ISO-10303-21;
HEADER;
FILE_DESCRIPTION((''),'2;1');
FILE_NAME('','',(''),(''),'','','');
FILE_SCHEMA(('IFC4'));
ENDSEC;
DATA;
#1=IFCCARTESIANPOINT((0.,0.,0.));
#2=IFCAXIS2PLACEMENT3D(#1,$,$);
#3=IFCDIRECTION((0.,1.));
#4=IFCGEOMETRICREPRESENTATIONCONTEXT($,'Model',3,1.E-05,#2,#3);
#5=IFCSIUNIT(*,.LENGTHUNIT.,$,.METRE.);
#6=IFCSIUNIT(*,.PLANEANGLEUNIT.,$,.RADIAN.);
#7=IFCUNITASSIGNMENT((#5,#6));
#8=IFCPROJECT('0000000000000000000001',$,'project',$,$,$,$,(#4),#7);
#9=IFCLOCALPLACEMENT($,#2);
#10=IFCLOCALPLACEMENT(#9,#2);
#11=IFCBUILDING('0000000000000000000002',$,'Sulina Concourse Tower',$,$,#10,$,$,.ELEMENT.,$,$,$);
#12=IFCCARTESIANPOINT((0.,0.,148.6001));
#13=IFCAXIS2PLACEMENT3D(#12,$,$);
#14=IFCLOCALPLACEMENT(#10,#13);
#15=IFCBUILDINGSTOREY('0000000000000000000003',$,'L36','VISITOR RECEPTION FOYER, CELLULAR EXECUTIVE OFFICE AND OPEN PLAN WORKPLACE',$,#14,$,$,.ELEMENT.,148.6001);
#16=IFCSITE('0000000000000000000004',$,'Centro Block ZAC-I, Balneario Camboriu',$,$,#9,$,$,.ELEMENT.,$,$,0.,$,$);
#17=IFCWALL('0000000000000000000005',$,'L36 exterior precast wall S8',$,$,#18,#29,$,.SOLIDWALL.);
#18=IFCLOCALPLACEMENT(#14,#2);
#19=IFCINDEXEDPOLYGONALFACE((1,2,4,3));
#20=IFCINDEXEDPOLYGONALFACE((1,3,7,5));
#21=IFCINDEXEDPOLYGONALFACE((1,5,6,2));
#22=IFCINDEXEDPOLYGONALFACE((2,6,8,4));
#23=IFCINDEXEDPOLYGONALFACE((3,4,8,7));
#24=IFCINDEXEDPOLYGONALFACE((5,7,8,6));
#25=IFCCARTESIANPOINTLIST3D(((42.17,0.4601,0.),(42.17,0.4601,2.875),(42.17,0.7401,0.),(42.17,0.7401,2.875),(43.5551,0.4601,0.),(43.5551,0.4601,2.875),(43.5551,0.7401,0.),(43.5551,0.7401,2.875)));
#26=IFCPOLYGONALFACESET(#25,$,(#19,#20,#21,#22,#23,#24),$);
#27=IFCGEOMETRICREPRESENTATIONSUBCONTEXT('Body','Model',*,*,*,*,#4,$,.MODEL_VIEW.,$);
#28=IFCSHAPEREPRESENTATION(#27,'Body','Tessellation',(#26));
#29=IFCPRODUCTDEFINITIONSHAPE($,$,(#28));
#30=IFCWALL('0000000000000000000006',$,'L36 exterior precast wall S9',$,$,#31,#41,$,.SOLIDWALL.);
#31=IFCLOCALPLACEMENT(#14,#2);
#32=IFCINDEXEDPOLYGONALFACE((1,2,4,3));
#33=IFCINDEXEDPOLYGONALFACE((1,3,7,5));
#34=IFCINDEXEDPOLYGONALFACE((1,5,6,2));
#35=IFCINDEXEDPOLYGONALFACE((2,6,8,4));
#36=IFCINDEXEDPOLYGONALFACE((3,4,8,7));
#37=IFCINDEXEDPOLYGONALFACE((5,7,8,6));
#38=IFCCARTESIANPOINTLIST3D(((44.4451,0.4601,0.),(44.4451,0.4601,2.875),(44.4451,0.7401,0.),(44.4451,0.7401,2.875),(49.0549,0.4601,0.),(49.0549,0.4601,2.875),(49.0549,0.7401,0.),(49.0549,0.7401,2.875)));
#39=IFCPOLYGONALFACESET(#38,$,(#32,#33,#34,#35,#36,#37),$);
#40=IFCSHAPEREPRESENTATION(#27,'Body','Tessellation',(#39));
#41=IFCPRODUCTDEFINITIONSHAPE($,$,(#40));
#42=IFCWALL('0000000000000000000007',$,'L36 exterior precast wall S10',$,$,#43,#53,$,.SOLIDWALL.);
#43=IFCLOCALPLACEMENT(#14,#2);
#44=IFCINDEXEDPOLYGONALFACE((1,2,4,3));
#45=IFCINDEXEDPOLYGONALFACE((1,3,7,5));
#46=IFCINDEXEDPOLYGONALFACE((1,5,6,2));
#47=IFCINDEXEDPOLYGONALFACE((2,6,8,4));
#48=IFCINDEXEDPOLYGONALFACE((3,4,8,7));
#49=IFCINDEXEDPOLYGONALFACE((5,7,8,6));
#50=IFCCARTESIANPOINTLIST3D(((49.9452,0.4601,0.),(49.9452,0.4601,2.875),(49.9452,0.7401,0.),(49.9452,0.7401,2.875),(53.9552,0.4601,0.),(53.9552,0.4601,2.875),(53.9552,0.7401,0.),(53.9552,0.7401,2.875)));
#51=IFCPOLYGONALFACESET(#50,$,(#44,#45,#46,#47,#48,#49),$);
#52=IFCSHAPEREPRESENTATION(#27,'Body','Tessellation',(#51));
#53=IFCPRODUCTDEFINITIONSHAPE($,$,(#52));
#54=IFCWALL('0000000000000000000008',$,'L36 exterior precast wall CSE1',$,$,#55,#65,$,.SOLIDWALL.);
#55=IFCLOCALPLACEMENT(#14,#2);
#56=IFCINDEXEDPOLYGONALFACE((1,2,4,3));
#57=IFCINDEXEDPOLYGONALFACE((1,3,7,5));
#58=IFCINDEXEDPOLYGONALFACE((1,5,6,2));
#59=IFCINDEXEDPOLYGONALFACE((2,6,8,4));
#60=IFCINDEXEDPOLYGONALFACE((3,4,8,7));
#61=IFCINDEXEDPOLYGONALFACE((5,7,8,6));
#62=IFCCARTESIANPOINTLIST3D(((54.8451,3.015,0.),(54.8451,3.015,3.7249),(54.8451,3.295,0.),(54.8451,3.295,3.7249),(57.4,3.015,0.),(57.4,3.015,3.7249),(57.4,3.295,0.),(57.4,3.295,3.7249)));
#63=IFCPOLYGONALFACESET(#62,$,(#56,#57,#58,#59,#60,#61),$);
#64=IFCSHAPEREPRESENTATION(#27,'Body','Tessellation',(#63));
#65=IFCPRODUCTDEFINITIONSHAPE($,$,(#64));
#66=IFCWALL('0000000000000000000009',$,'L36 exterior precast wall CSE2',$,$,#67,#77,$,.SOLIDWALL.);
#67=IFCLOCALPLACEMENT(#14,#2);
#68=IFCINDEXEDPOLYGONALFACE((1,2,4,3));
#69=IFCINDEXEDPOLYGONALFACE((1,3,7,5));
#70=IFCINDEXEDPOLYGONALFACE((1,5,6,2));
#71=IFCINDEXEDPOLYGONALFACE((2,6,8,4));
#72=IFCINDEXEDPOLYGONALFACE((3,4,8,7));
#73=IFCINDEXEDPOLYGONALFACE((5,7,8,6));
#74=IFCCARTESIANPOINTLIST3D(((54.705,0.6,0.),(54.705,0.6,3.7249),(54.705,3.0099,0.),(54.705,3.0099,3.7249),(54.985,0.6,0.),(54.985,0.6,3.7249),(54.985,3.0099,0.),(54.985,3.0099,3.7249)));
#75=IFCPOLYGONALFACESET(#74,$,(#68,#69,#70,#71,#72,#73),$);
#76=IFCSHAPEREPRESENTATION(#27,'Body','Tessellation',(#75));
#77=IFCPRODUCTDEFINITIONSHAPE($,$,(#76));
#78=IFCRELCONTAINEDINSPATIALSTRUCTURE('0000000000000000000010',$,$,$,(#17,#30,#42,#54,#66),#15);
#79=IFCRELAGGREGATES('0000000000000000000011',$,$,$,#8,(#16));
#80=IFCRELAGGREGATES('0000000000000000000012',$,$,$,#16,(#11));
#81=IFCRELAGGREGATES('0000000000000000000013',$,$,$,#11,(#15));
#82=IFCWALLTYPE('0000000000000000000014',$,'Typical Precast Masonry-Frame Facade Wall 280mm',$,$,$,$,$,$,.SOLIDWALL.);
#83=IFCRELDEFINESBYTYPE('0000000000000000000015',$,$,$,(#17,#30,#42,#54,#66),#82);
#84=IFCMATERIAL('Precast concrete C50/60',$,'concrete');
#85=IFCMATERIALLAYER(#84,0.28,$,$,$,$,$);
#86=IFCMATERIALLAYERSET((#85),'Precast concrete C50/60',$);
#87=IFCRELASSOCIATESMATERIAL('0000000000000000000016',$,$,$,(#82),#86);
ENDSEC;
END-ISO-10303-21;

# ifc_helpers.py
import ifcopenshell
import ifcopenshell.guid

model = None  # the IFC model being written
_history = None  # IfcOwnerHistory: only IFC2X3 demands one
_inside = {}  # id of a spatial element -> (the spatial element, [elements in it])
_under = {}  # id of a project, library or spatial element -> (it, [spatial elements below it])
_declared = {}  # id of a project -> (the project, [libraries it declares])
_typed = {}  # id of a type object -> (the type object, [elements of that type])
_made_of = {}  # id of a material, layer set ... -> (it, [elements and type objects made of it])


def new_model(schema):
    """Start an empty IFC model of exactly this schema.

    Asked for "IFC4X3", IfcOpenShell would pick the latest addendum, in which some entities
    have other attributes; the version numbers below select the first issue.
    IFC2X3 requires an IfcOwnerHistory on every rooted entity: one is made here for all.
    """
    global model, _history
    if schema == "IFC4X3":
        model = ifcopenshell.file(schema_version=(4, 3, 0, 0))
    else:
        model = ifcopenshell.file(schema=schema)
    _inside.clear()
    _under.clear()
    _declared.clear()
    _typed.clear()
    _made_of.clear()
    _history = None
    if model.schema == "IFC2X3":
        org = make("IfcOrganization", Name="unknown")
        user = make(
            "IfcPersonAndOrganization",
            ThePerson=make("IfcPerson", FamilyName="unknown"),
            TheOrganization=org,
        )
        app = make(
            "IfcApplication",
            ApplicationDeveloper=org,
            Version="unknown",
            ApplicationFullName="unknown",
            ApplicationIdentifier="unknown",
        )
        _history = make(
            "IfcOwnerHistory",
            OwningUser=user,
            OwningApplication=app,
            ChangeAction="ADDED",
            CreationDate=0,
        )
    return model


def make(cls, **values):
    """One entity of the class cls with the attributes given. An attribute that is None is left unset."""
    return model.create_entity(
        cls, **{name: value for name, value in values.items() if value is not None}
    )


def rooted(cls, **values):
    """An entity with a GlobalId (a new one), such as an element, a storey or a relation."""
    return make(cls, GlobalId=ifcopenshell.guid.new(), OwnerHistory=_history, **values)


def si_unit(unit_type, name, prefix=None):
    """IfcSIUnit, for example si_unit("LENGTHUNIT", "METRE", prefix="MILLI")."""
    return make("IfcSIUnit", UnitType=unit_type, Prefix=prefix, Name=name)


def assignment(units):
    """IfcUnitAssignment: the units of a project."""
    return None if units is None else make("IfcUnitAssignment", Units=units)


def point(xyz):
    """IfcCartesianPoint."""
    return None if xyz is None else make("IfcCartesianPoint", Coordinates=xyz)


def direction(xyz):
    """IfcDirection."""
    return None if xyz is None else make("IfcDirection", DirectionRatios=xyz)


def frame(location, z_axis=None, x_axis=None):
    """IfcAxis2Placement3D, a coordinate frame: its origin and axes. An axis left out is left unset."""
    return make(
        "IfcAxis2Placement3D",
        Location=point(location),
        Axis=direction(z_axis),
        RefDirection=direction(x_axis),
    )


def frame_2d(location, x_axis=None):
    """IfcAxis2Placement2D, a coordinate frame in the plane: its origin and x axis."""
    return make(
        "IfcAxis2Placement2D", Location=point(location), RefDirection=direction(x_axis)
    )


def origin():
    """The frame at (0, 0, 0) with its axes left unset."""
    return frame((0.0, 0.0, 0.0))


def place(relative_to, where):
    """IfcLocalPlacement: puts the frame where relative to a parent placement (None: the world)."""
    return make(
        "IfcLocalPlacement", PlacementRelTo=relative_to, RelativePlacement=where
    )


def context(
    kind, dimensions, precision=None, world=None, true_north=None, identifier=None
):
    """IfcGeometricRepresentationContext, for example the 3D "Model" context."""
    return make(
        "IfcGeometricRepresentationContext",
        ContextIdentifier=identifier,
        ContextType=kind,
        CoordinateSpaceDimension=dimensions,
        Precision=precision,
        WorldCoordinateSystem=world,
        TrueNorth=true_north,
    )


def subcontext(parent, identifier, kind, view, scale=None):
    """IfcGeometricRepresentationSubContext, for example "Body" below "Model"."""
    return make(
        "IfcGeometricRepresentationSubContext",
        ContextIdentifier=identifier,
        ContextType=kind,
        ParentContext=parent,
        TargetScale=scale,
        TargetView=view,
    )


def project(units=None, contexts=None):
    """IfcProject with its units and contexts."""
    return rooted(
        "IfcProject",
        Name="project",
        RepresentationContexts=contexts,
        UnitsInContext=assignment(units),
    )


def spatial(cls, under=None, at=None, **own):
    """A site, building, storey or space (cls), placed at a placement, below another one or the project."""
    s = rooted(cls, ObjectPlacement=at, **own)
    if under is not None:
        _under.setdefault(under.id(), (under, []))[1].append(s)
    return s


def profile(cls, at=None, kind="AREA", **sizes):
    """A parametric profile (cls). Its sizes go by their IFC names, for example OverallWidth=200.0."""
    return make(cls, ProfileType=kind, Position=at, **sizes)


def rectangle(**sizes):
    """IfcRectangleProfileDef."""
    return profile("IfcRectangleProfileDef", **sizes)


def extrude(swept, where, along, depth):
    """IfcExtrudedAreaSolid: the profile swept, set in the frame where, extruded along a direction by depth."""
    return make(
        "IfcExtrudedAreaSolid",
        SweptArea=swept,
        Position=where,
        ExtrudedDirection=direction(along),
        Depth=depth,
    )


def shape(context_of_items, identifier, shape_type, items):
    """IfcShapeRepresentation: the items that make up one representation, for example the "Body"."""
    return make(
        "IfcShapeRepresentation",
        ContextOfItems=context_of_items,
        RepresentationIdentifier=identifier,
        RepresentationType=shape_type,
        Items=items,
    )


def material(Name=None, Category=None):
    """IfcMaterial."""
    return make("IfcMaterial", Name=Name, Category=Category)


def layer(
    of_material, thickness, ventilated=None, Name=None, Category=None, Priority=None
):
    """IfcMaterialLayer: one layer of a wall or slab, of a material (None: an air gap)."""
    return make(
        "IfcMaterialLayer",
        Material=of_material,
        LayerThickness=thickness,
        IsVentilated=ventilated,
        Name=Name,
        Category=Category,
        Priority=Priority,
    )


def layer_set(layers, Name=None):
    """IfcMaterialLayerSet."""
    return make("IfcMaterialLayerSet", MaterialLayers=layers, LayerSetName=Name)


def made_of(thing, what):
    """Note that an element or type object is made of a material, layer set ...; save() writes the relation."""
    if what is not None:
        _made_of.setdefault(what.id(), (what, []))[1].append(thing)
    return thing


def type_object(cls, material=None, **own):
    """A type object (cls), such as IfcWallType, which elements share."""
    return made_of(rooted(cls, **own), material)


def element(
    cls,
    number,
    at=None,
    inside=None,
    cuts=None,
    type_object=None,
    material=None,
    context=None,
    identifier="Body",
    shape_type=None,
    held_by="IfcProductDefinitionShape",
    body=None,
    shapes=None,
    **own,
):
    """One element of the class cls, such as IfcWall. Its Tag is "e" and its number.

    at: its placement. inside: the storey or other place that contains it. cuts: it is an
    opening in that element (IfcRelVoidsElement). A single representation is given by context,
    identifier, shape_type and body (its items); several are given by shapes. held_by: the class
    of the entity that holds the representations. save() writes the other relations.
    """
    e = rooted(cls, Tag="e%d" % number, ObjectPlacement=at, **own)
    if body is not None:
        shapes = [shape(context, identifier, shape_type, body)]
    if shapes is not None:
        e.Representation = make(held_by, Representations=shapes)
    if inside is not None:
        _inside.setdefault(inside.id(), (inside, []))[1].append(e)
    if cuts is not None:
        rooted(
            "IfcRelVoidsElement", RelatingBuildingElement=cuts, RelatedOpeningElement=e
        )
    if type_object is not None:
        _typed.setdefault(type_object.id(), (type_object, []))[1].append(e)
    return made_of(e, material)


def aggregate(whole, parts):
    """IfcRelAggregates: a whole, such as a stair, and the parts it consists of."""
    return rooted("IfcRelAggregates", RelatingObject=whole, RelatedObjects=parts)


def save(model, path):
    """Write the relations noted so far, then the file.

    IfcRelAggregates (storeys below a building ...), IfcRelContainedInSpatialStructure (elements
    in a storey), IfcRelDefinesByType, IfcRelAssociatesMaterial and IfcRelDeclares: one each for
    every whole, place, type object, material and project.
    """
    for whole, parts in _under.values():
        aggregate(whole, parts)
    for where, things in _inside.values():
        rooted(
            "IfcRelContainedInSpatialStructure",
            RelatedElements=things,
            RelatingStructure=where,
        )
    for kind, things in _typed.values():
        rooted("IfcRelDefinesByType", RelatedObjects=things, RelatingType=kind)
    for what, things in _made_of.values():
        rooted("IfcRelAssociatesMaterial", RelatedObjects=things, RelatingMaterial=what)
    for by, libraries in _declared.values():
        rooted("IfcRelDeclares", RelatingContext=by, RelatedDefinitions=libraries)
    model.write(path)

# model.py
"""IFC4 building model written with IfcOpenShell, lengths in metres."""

from ifc_helpers import new_model, si_unit, direction, frame, frame_2d, origin, place, context, subcontext, project, spatial, rectangle, extrude, material, layer, layer_set, type_object, element, save


model = new_model("IFC4")

# Units and contexts
model_context = context("Model", 3, precision=1e-05, world=origin(), true_north=direction((0.0, 1.0)))
body_context = subcontext(model_context, "Body", "Model", "MODEL_VIEW")
ifc_project = project(units=[si_unit("LENGTHUNIT", "METRE"), si_unit("PLANEANGLEUNIT", "RADIAN")], contexts=[model_context])

# Site, building, storey
site_placement = place(None, origin())
site = spatial("IfcSite", under=ifc_project, at=site_placement, Name="Centro Block ZAC-I, Balneario Camboriu", CompositionType="ELEMENT", RefElevation=0.0)
building_placement = place(site_placement, origin())
building = spatial("IfcBuilding", under=site, at=building_placement, Name="Sulina Concourse Tower", CompositionType="ELEMENT")
storey_placement = place(building_placement, frame((0.0, 0.0, 148.6001)))
storey = spatial("IfcBuildingStorey", under=building, at=storey_placement, Name="L36", Description="VISITOR RECEPTION FOYER, CELLULAR EXECUTIVE OFFICE AND OPEN PLAN WORKPLACE", CompositionType="ELEMENT", Elevation=148.6001)

# Walls
ifc_material_1 = material(Name="Precast concrete C50/60", Category="concrete")
ifc_layer_1 = layer(ifc_material_1, 0.28)
ifc_layer_set_1 = layer_set([ifc_layer_1], Name="Precast concrete C50/60")
wall_type_1 = type_object("IfcWallType", Name="Typical Precast Masonry-Frame Facade Wall 280mm", PredefinedType="SOLIDWALL", material=ifc_layer_set_1)
wall_1_placement = place(storey_placement, frame((43.5549, 0.6001, 0.0), z_axis=(0.0, 0.0, 1.0), x_axis=(-1.0, 0.0, 0.0)))
element("IfcWall", 1, at=wall_1_placement, inside=storey, type_object=wall_type_1, Name="L36 exterior precast wall S8", PredefinedType="SOLIDWALL", context=body_context, shape_type="SweptSolid", body=[
    extrude(rectangle(XDim=1.385, YDim=0.28, at=frame_2d((0.6924, 0.0))), origin(), (0.0, 0.0, 1.0), 2.875),
])
wall_2_placement = place(storey_placement, frame((49.0549, 0.6001, 0.0), z_axis=(0.0, 0.0, 1.0), x_axis=(-1.0, 0.0, 0.0)))
element("IfcWall", 2, at=wall_2_placement, inside=storey, type_object=wall_type_1, Name="L36 exterior precast wall S9", PredefinedType="SOLIDWALL", context=body_context, shape_type="SweptSolid", body=[
    extrude(rectangle(XDim=4.6099, YDim=0.28, at=frame_2d((2.3049, 0.0))), origin(), (0.0, 0.0, 1.0), 2.875),
])
wall_3_placement = place(storey_placement, frame((53.9551, 0.6001, 0.0), z_axis=(0.0, 0.0, 1.0), x_axis=(-1.0, 0.0, 0.0)))
element("IfcWall", 3, at=wall_3_placement, inside=storey, type_object=wall_type_1, Name="L36 exterior precast wall S10", PredefinedType="SOLIDWALL", context=body_context, shape_type="SweptSolid", body=[
    extrude(rectangle(XDim=4.01, YDim=0.28, at=frame_2d((2.0049, 0.0))), origin(), (0.0, 0.0, 1.0), 2.875),
])
wall_4_placement = place(storey_placement, frame((57.3999, 3.155, 0.0), z_axis=(0.0, 0.0, 1.0), x_axis=(-1.0, 0.0, 0.0)))
element("IfcWall", 4, at=wall_4_placement, inside=storey, type_object=wall_type_1, Name="L36 exterior precast wall CSE1", PredefinedType="SOLIDWALL", context=body_context, shape_type="SweptSolid", body=[
    extrude(rectangle(XDim=2.5549, YDim=0.28, at=frame_2d((1.2773, 0.0))), origin(), (0.0, 0.0, 1.0), 3.7249),
])
wall_5_placement = place(storey_placement, frame((54.845, 3.01, 0.0), z_axis=(0.0, 0.0, 1.0), x_axis=(0.0, -1.0, 0.0)))
element("IfcWall", 5, at=wall_5_placement, inside=storey, type_object=wall_type_1, Name="L36 exterior precast wall CSE2", PredefinedType="SOLIDWALL", context=body_context, shape_type="SweptSolid", body=[
    extrude(rectangle(XDim=2.4099, YDim=0.28, at=frame_2d((1.2051, 0.0))), origin(), (0.0, 0.0, 1.0), 3.7249),
])

save(model, "model.ifc")
